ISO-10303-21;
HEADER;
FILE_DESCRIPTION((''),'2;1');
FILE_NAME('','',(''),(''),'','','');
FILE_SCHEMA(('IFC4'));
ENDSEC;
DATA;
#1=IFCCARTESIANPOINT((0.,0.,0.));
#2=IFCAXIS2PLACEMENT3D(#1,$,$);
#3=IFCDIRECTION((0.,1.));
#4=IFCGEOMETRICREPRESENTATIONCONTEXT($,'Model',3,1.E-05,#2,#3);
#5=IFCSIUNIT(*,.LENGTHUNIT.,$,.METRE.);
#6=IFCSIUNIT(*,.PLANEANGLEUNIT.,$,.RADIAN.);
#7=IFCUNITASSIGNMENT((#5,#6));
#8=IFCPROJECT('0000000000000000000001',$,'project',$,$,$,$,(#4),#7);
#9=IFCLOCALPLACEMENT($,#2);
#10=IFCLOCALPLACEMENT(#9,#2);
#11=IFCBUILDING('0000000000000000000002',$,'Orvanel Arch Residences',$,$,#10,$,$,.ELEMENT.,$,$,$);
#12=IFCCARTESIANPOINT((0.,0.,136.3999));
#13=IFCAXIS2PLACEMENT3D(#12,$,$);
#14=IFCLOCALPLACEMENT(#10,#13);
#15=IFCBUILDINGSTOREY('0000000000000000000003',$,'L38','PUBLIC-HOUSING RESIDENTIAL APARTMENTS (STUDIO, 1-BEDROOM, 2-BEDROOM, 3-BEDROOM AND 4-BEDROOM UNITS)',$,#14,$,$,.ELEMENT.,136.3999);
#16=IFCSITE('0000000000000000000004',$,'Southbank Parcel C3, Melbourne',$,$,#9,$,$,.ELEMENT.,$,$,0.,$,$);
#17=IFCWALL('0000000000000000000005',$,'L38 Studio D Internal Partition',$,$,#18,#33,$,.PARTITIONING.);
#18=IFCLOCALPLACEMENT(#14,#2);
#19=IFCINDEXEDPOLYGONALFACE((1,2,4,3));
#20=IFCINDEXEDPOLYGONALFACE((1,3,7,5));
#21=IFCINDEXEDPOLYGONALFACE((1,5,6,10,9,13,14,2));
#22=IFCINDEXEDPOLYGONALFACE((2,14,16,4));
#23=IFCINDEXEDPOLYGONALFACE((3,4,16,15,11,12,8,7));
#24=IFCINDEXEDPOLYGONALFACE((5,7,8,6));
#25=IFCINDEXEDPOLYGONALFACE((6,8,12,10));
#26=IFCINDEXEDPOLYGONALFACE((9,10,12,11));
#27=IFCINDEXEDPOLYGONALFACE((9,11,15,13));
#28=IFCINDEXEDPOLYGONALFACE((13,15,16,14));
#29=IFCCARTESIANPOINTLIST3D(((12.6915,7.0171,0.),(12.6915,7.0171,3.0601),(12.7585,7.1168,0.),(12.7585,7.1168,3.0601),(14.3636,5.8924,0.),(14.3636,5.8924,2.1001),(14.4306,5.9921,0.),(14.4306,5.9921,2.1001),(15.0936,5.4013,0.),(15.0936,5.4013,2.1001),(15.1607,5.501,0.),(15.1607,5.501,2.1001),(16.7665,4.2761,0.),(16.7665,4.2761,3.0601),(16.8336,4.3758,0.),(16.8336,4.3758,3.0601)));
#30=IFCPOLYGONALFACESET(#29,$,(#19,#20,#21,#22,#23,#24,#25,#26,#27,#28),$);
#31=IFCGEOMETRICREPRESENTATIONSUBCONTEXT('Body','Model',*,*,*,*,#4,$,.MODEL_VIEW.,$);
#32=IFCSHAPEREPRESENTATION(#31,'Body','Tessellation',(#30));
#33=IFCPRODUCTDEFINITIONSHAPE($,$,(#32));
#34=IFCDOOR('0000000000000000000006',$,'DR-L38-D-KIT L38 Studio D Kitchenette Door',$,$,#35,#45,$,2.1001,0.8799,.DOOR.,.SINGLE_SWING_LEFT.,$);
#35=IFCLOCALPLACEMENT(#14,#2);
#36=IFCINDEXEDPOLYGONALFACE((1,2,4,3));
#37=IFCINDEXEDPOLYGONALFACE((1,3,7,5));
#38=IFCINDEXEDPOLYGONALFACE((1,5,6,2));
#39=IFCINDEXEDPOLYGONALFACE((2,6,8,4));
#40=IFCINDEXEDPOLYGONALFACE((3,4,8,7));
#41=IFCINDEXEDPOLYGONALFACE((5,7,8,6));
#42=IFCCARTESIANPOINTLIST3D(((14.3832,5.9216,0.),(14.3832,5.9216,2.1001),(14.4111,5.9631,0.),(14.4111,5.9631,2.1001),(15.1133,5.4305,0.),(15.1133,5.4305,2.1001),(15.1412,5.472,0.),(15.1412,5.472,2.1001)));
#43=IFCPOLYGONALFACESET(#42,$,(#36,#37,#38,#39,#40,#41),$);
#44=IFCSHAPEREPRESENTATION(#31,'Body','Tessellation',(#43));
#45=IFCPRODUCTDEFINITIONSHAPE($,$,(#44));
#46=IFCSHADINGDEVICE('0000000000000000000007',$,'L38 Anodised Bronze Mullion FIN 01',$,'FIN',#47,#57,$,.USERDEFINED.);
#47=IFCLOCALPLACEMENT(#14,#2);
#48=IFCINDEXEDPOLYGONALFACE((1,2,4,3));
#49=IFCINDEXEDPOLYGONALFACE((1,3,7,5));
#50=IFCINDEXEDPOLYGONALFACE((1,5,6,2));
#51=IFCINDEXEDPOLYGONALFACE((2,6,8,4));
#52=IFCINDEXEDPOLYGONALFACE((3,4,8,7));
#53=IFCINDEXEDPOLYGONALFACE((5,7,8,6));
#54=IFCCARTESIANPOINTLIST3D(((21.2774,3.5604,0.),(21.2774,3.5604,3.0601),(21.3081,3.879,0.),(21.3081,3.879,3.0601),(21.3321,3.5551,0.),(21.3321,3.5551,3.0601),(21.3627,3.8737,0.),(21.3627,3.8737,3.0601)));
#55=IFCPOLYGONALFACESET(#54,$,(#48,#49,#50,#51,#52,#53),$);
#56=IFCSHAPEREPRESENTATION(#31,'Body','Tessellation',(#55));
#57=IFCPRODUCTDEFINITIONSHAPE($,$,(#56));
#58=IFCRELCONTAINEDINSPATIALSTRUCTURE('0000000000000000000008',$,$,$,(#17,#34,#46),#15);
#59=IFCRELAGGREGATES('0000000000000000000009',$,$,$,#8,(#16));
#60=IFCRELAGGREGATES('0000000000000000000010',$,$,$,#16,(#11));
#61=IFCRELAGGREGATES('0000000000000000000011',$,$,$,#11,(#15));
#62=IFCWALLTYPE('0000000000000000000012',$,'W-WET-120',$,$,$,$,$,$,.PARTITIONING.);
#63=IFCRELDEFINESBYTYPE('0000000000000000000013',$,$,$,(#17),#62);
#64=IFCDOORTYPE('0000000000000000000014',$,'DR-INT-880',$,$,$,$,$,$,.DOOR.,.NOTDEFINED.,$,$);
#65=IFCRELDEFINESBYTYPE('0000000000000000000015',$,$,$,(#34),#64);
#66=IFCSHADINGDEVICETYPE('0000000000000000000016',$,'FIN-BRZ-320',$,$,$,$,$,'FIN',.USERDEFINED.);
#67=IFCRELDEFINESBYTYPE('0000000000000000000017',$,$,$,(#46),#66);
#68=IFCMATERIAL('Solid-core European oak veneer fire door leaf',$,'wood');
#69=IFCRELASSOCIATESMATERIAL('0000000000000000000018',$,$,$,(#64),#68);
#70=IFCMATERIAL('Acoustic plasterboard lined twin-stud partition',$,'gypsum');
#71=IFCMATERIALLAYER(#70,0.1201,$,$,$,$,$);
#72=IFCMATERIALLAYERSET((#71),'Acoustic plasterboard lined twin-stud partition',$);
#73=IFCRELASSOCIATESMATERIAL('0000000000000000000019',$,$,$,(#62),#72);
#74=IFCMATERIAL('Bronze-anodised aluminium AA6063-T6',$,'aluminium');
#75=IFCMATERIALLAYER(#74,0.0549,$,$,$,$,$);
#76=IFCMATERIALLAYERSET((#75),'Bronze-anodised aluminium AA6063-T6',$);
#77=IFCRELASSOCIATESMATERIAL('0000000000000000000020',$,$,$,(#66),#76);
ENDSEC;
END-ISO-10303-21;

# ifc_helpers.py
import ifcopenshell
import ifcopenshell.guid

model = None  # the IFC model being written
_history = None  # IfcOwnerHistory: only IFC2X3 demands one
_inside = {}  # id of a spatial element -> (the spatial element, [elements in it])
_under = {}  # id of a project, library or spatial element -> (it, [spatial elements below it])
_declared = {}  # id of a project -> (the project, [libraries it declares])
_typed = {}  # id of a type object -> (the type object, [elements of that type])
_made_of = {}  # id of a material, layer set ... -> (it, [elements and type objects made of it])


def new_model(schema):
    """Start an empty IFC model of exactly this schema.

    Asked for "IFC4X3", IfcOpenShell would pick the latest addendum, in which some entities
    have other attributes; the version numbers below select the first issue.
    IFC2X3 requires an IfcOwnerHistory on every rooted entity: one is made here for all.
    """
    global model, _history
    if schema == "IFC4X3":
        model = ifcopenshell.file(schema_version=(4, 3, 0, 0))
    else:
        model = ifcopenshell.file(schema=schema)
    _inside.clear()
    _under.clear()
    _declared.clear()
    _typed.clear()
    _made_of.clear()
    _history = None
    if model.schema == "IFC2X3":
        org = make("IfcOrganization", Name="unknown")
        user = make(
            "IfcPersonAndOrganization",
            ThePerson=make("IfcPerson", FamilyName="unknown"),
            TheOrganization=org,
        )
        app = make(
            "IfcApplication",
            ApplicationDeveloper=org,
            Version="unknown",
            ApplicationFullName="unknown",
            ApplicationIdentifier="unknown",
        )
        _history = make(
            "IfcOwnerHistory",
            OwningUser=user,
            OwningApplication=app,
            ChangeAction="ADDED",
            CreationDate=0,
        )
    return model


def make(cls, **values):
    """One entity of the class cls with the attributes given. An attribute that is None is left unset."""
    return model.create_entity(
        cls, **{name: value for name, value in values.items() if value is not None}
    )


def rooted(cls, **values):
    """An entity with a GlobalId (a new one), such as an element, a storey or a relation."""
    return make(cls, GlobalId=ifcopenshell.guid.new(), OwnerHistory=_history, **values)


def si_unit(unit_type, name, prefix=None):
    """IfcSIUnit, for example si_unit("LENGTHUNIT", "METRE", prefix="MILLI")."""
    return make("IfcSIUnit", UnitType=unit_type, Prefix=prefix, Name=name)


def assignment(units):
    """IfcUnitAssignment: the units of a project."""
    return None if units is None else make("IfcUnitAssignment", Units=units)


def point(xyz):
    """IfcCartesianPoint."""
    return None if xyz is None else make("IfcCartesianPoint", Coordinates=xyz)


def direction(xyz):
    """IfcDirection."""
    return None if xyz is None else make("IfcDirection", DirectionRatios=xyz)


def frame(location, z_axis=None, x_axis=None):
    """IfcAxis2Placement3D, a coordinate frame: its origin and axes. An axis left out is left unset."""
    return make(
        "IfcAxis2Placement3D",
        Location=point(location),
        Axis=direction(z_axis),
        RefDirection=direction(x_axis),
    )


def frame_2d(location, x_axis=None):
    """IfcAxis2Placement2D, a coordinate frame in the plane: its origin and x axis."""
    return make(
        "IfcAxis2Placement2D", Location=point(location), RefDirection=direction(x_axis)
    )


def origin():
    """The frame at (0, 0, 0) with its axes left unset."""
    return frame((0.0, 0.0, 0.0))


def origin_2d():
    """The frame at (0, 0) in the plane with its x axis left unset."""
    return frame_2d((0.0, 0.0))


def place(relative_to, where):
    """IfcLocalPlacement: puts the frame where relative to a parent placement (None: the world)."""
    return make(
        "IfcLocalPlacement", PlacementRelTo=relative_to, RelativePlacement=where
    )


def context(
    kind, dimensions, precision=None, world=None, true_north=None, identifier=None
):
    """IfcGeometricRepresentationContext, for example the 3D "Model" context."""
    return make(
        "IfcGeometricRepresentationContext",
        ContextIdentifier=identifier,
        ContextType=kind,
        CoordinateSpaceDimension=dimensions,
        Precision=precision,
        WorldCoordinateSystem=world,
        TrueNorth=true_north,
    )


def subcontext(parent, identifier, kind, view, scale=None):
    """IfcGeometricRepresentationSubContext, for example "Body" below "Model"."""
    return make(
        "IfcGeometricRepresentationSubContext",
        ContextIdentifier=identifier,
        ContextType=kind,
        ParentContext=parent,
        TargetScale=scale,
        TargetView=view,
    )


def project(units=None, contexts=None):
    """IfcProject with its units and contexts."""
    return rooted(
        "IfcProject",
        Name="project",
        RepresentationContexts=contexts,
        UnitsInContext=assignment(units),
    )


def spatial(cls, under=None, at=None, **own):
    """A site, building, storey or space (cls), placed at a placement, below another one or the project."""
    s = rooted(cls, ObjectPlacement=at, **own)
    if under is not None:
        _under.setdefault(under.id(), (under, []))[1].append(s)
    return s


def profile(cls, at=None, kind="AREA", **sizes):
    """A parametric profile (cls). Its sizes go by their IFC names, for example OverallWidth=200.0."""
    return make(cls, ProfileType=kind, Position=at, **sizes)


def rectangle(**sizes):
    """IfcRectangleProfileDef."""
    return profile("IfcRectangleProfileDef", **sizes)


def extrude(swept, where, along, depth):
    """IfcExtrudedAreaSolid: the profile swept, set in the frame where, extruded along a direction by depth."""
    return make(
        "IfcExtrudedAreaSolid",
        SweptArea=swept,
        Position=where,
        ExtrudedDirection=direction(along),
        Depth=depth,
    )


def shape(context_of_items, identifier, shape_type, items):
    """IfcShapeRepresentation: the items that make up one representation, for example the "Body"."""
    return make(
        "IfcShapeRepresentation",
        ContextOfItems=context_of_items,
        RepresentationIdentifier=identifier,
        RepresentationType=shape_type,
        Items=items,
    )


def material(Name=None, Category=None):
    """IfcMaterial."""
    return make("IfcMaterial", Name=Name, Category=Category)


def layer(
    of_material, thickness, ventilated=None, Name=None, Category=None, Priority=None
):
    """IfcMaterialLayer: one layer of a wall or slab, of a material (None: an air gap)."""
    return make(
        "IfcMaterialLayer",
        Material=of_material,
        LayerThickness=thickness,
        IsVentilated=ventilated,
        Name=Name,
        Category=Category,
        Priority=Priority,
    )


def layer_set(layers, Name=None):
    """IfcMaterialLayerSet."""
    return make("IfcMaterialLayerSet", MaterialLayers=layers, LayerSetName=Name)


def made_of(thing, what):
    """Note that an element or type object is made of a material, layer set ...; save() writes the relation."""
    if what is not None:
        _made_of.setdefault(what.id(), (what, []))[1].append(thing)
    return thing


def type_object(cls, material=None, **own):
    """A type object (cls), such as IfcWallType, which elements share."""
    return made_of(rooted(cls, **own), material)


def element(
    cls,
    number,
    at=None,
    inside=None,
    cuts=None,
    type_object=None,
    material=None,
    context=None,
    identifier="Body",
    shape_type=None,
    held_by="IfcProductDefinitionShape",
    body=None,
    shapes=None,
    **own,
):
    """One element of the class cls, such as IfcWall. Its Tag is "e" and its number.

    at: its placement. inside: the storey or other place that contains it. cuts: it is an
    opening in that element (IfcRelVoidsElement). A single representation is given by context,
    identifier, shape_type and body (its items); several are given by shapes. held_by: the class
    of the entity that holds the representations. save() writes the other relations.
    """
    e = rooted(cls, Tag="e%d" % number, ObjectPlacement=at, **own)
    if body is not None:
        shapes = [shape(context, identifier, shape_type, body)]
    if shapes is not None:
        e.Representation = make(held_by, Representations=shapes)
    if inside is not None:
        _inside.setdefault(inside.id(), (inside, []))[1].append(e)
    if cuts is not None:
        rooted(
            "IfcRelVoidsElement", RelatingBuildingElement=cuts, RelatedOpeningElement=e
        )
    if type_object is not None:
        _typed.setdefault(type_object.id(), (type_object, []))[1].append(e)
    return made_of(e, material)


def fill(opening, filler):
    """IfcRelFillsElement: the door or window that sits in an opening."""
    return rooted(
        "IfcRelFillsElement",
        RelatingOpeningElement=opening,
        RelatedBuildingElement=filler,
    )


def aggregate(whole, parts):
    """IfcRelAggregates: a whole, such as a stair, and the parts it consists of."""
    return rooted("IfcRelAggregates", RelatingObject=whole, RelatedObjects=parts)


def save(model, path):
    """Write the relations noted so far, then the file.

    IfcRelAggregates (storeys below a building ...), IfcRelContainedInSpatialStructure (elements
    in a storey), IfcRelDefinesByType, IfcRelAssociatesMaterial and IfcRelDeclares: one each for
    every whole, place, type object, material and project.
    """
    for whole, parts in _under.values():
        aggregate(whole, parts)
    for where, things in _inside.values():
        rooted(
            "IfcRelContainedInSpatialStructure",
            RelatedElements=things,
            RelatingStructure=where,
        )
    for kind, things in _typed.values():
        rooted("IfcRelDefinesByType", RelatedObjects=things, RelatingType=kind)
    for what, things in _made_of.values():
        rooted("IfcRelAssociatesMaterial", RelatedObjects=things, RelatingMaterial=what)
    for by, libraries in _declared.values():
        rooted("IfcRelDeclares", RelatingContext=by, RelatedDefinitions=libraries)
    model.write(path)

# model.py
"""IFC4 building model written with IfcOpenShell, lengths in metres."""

from ifc_helpers import new_model, si_unit, direction, frame, frame_2d, origin, origin_2d, place, context, subcontext, project, spatial, rectangle, extrude, material, layer, layer_set, type_object, element, fill, save


model = new_model("IFC4")

# Units and contexts
model_context = context("Model", 3, precision=1e-05, world=origin(), true_north=direction((0.0, 1.0)))
body_context = subcontext(model_context, "Body", "Model", "MODEL_VIEW")
ifc_project = project(units=[si_unit("LENGTHUNIT", "METRE"), si_unit("PLANEANGLEUNIT", "RADIAN")], contexts=[model_context])

# Site, building, storey
site_placement = place(None, origin())
site = spatial("IfcSite", under=ifc_project, at=site_placement, Name="Southbank Parcel C3, Melbourne", CompositionType="ELEMENT", RefElevation=0.0)
building_placement = place(site_placement, origin())
building = spatial("IfcBuilding", under=site, at=building_placement, Name="Orvanel Arch Residences", CompositionType="ELEMENT")
storey_placement = place(building_placement, frame((0.0, 0.0, 136.3999)))
storey = spatial("IfcBuildingStorey", under=building, at=storey_placement, Name="L38", Description="PUBLIC-HOUSING RESIDENTIAL APARTMENTS (STUDIO, 1-BEDROOM, 2-BEDROOM, 3-BEDROOM AND 4-BEDROOM UNITS)", CompositionType="ELEMENT", Elevation=136.3999)

# Shared definitions
ifc_material_1 = material(Name="Bronze-anodised aluminium AA6063-T6", Category="aluminium")

# Shared definitions
ifc_material_2 = material(Name="Solid-core European oak veneer fire door leaf", Category="wood")
door_type = type_object("IfcDoorType", Name="DR-INT-880", OperationType="NOTDEFINED", PredefinedType="DOOR", material=ifc_material_2)

# Wall, opening, door
ifc_material_3 = material(Name="Acoustic plasterboard lined twin-stud partition", Category="gypsum")
ifc_layer_1 = layer(ifc_material_3, 0.1201)
ifc_layer_set_1 = layer_set([ifc_layer_1], Name="Acoustic plasterboard lined twin-stud partition")
wall_type_1 = type_object("IfcWallType", Name="W-WET-120", PredefinedType="PARTITIONING", material=ifc_layer_set_1)
wall_1_placement = place(storey_placement, frame((16.8, 4.3259, 0.0), z_axis=(0.0, 0.0, 1.0), x_axis=(-0.829756, 0.558126, 0.0)))
wall_1 = element("IfcWall", 1, at=wall_1_placement, inside=storey, type_object=wall_type_1, Name="L38 Studio D Internal Partition", PredefinedType="PARTITIONING", context=body_context, shape_type="SweptSolid", body=[
    extrude(rectangle(XDim=4.9111, YDim=0.1201, at=frame_2d((2.4556, 0.0))), origin(), (0.0, 0.0, 1.0), 3.0601),
])
opening_1_placement = place(wall_1_placement, frame((2.0161, 0.0, 0.0)))
opening_1 = element("IfcOpeningElement", 2, at=opening_1_placement, cuts=wall_1, PredefinedType="OPENING", context=body_context, shape_type="SweptSolid", body=[
    extrude(rectangle(XDim=0.8799, YDim=2.1001, at=frame_2d((0.4399, 1.05))), frame((0.0, 0.0701, 0.0), z_axis=(0.0, -1.0, 0.0), x_axis=(1.0, 0.0, 0.0)), (0.0, 0.0, 1.0), 0.1401),
])
door_1_placement = place(opening_1_placement, origin())
door_1 = element("IfcDoor", 3, at=door_1_placement, inside=storey, type_object=door_type, Name="DR-L38-D-KIT L38 Studio D Kitchenette Door", OperationType="SINGLE_SWING_LEFT", OverallHeight=2.1001, OverallWidth=0.8799, PredefinedType="DOOR", context=body_context, shape_type="SweptSolid", body=[
    extrude(rectangle(XDim=0.8799, YDim=2.1001, at=frame_2d((0.4399, 1.05))), frame((0.0, 0.0249, 0.0), z_axis=(0.0, -1.0, 0.0), x_axis=(1.0, 0.0, 0.0)), (0.0, 0.0, 1.0), 0.05),
])
fill(opening_1, door_1)

# Shading device
ifc_layer_2 = layer(ifc_material_1, 0.0549)
ifc_layer_set_2 = layer_set([ifc_layer_2], Name="Bronze-anodised aluminium AA6063-T6")
shading_device_type = type_object("IfcShadingDeviceType", Name="FIN-BRZ-320", ElementType="FIN", PredefinedType="USERDEFINED", material=ifc_layer_set_2)
shading_device_placement = place(storey_placement, frame((21.3201, 3.717, 0.0), z_axis=(0.0, 0.0, 1.0), x_axis=(-0.095846, -0.995396, 0.0)))
element("IfcShadingDevice", 4, at=shading_device_placement, inside=storey, type_object=shading_device_type, Name="L38 Anodised Bronze Mullion FIN 01", ObjectType="FIN", PredefinedType="USERDEFINED", context=body_context, shape_type="SweptSolid", body=[
    extrude(rectangle(XDim=0.3201, YDim=0.0549, at=origin_2d()), origin(), (0.0, 0.0, 1.0), 3.0601),
])

save(model, "model.ifc")
